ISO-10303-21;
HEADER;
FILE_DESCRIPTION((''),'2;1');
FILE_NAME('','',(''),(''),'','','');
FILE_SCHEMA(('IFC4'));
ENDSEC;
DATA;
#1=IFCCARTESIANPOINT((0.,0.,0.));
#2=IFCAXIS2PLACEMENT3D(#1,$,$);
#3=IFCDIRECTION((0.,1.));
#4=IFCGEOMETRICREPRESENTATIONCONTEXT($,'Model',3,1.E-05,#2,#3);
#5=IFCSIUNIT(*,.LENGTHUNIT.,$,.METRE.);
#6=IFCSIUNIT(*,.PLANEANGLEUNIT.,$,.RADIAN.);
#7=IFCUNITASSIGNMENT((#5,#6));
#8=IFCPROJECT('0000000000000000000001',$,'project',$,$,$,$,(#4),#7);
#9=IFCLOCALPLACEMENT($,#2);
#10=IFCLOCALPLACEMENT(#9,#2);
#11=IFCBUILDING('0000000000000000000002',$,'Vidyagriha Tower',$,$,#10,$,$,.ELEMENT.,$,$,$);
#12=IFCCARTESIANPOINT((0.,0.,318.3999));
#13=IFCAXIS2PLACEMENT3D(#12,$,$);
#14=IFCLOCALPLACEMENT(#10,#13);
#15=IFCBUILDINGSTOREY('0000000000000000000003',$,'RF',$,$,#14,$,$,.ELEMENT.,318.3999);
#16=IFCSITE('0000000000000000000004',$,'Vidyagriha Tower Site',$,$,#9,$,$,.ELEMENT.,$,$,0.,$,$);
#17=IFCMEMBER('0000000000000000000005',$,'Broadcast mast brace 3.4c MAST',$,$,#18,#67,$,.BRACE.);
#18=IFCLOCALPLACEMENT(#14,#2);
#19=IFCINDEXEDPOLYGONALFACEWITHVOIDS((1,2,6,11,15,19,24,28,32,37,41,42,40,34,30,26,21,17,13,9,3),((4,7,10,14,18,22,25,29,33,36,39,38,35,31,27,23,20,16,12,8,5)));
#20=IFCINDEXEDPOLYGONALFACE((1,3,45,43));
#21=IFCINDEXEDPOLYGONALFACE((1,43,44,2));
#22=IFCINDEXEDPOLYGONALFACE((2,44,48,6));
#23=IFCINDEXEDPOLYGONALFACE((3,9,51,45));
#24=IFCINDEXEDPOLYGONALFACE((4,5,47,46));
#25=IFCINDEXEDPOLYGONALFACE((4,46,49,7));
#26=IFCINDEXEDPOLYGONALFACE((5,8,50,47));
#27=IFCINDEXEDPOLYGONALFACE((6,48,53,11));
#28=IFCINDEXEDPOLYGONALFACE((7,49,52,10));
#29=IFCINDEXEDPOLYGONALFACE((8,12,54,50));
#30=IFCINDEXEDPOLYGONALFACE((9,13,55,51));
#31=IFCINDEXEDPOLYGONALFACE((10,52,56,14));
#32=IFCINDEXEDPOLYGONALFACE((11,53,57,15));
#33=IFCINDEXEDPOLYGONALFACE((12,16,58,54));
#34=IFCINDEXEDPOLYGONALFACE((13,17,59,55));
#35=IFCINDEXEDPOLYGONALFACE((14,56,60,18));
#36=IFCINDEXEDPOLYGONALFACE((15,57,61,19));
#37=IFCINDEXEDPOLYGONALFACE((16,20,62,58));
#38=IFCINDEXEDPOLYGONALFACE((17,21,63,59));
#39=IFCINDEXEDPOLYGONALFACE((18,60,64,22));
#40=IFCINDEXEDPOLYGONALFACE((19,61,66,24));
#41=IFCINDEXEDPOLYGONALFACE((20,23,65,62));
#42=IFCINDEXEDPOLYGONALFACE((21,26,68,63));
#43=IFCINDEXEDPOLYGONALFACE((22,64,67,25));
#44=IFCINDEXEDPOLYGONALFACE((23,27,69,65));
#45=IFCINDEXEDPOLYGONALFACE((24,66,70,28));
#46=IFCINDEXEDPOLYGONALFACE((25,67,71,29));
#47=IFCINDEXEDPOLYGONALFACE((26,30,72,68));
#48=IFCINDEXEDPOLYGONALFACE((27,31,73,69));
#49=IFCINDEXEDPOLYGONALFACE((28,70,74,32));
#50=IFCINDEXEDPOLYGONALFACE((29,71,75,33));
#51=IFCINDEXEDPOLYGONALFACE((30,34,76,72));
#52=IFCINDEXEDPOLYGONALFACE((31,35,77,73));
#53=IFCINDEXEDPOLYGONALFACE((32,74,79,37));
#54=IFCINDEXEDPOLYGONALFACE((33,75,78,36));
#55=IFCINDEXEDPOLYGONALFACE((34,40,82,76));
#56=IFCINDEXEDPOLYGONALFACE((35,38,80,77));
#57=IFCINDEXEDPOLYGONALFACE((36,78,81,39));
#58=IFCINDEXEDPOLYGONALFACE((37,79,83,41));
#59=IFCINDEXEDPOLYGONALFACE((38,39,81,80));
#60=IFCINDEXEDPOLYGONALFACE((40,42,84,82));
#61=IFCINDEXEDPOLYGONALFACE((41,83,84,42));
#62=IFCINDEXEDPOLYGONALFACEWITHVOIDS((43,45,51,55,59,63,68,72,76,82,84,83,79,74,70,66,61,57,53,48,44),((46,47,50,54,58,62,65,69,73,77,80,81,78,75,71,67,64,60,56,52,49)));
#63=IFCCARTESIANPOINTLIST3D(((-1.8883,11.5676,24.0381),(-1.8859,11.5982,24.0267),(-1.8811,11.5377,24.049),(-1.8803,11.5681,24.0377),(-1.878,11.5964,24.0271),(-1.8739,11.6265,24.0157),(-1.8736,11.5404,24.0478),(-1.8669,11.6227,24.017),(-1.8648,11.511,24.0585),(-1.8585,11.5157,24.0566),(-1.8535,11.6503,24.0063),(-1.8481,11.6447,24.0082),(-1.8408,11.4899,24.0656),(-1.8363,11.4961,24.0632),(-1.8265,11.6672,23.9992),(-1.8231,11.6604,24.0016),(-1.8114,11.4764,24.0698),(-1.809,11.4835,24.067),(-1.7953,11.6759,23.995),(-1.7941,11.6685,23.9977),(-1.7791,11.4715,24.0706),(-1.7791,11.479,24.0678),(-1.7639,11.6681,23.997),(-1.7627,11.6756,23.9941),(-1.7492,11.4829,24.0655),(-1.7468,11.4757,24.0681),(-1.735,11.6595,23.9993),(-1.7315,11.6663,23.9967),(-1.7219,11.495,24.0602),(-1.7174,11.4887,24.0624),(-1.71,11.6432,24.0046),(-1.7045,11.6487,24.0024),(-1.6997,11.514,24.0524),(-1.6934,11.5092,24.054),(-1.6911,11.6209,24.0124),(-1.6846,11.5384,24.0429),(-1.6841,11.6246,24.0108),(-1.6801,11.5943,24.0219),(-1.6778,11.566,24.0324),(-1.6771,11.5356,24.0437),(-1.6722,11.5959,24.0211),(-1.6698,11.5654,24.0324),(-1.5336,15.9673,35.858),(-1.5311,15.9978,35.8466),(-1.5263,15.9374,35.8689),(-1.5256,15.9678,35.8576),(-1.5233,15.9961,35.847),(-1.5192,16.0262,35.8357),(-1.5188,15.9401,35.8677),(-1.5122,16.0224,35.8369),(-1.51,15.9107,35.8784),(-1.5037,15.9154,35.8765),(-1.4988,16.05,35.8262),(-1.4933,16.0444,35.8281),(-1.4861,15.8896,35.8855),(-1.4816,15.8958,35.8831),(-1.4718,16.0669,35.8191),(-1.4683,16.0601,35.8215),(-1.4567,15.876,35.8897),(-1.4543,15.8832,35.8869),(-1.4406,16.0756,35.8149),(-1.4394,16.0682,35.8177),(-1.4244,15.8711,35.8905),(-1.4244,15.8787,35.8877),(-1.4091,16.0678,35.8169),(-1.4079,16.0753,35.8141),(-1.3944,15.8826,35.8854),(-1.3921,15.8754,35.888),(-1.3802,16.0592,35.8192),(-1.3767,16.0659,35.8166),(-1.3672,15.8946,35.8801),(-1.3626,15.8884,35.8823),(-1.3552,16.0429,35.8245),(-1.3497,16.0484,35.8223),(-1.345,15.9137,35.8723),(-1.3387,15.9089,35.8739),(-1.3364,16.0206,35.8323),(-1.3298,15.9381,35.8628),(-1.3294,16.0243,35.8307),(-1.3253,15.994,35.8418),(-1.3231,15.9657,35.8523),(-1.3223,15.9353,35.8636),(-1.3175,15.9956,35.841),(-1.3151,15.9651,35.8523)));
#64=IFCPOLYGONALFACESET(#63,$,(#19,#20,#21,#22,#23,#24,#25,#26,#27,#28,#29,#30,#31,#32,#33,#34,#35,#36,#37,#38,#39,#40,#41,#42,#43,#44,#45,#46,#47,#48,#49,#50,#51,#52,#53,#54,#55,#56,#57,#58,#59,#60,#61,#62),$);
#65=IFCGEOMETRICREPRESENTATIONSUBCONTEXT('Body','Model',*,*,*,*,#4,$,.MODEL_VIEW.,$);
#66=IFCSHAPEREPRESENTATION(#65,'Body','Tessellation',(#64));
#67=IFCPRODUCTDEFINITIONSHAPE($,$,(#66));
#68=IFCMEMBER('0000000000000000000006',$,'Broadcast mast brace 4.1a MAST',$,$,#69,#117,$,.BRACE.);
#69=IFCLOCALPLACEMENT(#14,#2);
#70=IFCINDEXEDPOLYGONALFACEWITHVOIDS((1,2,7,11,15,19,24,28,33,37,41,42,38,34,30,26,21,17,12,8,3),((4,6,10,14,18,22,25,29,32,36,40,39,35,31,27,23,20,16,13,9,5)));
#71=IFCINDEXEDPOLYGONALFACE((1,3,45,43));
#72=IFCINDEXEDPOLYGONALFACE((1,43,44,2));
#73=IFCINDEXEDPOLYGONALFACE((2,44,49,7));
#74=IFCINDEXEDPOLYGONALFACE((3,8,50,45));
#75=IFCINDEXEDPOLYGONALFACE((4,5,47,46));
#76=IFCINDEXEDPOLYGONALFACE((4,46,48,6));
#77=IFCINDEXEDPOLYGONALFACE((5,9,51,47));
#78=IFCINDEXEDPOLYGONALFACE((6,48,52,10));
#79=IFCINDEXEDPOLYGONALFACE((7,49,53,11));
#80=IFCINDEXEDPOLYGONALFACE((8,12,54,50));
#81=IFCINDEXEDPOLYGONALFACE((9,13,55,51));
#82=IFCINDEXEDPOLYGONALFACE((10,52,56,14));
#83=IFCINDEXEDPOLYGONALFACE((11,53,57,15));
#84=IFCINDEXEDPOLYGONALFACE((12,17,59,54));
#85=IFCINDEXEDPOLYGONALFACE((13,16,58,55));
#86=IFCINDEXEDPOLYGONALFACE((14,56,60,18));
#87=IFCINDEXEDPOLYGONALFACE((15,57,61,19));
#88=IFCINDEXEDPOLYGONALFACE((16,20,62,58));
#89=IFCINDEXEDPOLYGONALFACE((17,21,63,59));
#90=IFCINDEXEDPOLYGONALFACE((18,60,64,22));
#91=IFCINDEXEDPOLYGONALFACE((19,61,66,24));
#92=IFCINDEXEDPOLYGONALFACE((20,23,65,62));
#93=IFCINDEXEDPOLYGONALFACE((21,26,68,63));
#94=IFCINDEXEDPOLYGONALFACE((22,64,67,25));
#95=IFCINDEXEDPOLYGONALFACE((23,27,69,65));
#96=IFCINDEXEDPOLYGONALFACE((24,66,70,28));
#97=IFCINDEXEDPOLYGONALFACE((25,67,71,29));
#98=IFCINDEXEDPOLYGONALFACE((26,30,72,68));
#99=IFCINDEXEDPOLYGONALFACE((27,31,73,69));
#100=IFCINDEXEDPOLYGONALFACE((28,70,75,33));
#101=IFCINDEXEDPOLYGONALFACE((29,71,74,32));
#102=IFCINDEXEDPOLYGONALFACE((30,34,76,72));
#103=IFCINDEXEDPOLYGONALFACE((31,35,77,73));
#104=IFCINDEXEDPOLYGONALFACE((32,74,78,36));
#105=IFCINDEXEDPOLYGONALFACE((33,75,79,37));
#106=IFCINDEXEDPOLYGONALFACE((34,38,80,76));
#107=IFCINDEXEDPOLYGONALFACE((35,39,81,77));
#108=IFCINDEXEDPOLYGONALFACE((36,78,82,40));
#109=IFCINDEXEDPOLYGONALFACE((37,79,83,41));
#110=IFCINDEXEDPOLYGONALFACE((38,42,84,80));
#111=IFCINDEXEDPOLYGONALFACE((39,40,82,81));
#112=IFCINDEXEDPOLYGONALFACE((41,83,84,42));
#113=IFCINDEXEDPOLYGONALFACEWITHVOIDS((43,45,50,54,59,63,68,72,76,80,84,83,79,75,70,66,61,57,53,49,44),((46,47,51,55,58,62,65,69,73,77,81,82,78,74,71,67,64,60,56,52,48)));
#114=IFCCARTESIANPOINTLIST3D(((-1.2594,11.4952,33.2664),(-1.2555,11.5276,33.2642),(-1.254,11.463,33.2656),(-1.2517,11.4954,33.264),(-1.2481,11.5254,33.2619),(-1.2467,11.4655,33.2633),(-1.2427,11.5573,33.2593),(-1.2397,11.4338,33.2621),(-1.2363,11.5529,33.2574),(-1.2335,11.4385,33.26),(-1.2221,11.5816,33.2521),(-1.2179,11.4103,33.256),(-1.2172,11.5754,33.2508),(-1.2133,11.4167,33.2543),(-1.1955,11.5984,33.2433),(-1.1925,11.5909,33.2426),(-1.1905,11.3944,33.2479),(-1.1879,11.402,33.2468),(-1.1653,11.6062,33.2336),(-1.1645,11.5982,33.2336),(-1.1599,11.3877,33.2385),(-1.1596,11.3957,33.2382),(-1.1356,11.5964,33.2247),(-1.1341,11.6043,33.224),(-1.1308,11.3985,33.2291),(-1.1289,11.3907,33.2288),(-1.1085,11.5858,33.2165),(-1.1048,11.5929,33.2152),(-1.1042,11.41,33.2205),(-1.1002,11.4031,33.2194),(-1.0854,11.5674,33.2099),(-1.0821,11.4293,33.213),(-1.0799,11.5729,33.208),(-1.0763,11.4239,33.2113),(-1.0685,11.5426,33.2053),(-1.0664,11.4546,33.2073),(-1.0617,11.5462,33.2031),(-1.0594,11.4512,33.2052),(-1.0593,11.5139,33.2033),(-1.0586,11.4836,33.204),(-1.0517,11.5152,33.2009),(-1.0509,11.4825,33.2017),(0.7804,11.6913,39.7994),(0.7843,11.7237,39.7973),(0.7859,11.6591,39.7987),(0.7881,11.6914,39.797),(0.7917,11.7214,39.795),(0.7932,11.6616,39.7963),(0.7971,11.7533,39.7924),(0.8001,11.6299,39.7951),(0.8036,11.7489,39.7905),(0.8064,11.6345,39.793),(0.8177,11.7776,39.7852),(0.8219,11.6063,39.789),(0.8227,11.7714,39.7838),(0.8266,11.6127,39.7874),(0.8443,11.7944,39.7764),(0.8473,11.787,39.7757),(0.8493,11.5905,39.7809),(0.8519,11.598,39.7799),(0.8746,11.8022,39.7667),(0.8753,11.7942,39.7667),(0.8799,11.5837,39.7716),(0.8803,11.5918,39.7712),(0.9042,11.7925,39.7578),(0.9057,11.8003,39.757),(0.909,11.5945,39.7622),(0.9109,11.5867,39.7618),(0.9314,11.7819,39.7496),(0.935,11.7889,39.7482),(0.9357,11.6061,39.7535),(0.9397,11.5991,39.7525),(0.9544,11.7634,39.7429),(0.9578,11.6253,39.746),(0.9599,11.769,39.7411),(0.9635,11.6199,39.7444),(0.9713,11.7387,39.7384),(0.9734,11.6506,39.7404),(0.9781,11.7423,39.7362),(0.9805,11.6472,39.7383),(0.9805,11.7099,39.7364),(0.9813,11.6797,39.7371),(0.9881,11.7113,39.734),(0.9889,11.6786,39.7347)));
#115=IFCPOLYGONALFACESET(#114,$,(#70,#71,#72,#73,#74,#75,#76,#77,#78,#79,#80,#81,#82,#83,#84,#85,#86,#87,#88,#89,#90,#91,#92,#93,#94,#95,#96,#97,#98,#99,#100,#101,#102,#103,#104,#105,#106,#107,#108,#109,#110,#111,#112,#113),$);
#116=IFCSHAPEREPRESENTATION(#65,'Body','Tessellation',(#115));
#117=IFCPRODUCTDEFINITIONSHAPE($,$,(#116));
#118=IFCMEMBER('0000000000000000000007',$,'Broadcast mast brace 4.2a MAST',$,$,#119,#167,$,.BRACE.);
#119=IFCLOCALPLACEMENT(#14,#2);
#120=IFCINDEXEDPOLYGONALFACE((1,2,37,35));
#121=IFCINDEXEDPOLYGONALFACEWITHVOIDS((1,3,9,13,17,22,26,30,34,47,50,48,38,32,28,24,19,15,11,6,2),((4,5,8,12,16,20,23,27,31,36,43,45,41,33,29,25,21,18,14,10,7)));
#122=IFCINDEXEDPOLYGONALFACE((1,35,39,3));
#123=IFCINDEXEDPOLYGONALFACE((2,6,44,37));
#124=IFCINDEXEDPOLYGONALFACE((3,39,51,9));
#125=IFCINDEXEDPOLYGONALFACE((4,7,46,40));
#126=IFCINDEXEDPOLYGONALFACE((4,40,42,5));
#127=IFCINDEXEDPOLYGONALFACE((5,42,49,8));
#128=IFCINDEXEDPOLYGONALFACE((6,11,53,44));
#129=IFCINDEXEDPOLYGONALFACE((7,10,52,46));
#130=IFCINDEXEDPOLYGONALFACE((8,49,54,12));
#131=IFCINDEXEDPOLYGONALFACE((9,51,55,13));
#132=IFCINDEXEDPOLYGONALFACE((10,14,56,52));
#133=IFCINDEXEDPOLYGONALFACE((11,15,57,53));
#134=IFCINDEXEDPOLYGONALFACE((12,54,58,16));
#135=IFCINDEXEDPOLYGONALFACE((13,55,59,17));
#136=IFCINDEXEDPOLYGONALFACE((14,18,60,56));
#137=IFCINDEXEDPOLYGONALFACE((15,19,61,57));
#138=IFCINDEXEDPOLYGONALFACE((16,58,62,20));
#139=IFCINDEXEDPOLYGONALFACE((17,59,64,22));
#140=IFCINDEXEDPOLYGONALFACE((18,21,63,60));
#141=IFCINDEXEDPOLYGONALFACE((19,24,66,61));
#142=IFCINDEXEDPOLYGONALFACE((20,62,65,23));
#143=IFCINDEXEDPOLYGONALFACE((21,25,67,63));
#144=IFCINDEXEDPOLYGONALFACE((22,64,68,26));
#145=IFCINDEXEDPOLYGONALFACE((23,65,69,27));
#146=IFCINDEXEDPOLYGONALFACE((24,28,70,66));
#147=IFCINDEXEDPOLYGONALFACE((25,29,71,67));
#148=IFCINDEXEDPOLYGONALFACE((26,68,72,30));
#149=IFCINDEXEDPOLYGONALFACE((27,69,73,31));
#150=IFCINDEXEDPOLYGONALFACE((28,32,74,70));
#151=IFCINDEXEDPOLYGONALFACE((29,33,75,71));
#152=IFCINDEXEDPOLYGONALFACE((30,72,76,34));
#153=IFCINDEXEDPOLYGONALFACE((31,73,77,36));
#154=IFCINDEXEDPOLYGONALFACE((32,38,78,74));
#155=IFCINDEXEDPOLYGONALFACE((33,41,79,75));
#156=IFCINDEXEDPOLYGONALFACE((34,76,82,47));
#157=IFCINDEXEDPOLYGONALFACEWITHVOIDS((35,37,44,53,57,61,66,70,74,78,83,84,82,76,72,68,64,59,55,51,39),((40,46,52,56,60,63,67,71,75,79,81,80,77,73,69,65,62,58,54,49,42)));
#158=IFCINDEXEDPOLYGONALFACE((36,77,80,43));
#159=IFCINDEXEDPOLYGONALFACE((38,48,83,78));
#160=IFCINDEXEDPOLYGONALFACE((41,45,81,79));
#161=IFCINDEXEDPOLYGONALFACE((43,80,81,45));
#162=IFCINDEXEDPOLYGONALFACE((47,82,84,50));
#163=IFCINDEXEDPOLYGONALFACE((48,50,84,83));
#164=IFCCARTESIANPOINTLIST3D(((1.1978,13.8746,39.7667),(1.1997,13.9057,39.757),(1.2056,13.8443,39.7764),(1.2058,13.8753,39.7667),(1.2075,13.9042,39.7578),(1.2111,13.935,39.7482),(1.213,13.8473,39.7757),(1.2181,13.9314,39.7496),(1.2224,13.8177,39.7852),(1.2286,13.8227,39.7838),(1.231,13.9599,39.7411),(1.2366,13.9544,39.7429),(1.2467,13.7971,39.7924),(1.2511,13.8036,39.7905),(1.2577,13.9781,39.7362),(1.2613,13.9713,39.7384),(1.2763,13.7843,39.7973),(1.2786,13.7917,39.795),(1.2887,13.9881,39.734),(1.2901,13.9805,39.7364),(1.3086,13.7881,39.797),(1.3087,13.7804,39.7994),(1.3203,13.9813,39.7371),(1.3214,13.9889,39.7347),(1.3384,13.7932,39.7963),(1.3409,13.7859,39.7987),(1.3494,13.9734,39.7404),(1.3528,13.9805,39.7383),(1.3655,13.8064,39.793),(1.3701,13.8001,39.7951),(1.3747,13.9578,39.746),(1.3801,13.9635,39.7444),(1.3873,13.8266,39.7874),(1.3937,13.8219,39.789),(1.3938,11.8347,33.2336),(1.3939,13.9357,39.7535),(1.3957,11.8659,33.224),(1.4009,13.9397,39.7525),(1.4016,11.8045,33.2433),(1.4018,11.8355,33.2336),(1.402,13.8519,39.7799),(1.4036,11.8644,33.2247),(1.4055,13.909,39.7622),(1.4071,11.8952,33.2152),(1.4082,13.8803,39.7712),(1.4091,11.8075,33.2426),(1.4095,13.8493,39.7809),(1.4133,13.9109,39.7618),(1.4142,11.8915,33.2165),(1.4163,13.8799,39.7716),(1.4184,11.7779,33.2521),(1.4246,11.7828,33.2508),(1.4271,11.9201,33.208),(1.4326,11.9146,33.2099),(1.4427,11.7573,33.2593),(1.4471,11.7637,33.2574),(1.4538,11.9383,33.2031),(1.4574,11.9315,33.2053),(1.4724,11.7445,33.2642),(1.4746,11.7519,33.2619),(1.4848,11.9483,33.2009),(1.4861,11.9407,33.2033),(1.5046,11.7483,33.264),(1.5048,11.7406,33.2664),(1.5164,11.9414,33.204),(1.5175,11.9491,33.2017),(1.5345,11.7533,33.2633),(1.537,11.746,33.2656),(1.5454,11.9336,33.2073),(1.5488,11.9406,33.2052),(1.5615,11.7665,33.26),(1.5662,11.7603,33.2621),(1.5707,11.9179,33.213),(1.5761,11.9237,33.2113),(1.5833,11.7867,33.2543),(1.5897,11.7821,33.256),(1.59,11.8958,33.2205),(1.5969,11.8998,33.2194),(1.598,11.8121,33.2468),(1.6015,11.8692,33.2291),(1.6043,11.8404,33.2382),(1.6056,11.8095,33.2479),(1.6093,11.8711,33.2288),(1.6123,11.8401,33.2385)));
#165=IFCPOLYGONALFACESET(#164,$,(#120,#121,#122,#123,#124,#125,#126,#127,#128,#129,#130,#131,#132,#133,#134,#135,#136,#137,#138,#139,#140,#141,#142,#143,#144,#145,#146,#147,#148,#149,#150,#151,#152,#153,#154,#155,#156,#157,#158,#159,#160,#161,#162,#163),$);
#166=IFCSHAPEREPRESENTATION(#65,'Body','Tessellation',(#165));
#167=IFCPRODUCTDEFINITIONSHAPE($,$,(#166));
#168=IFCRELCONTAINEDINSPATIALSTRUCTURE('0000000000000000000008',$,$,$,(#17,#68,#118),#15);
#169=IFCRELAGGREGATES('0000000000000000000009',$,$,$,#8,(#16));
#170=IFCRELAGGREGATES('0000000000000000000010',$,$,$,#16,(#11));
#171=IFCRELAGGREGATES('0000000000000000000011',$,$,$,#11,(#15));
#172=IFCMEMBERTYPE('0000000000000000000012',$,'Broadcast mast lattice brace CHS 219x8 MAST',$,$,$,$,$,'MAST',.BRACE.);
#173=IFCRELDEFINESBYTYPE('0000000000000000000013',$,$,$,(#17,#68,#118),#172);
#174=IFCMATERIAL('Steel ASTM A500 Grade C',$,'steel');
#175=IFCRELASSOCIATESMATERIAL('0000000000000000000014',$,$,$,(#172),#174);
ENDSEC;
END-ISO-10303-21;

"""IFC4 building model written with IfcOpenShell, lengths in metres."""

from ifc_helpers import new_model, si_unit, direction, frame, origin, origin_2d, place, context, subcontext, project, spatial, hollow_circle, extrude, material, material_profile, profile_set, type_object, element, save


model = new_model("IFC4")

# Units and contexts
model_context = context("Model", 3, precision=1e-05, world=origin(), true_north=direction((0.0, 1.0)))
body_context = subcontext(model_context, "Body", "Model", "MODEL_VIEW")
ifc_project = project(units=[si_unit("LENGTHUNIT", "METRE"), si_unit("PLANEANGLEUNIT", "RADIAN")], contexts=[model_context])

# Site, building, storey
site_placement = place(None, origin())
site = spatial("IfcSite", under=ifc_project, at=site_placement, Name="Vidyagriha Tower Site", CompositionType="ELEMENT", RefElevation=0.0)
building_placement = place(site_placement, origin())
building = spatial("IfcBuilding", under=site, at=building_placement, Name="Vidyagriha Tower", CompositionType="ELEMENT")
storey_placement = place(building_placement, frame((0.0, 0.0, 318.3999)))
storey = spatial("IfcBuildingStorey", under=building, at=storey_placement, Name="RF", CompositionType="ELEMENT", Elevation=318.3999)

# Members
ifc_material = material(Name="Steel ASTM A500 Grade C", Category="steel")
ifc_material_profile = material_profile(ifc_material, hollow_circle(Radius=0.1096, WallThickness=0.0081, at=origin_2d()), Name="Broadcast mast lattice brace CHS 219x8 MAST")
ifc_profile_set = profile_set([ifc_material_profile], Name="Steel ASTM A500 Grade C")
member_type = type_object("IfcMemberType", Name="Broadcast mast lattice brace CHS 219x8 MAST", ElementType="MAST", PredefinedType="BRACE", material=ifc_profile_set)
for number, where, z_axis, x_axis, name in (
    (1, (-1.4243, 15.9739, 35.8523), (-0.028116, -0.348706, -0.93681), (0.996765, -0.080367, 0.0), "Broadcast mast brace 3.4c MAST"),
):
    element("IfcMember", number, at=place(storey_placement, frame(where, z_axis=z_axis, x_axis=x_axis)), inside=storey, type_object=member_type, Name=name, PredefinedType="BRACE", context=body_context, shape_type="SweptSolid", body=[
        extrude(hollow_circle(Radius=0.1096, WallThickness=0.0081, at=origin_2d()), origin(), (0.0, 0.0, 1.0), 12.6172),
    ])
for number, where, z_axis, x_axis, name in (
    (2, (-1.1548, 11.4971, 33.2336), (0.297919, 0.028633, 0.954162), (-0.095669, 0.995413, 0.0), "Broadcast mast brace 4.1a MAST"),
    (3, (1.5029, 11.8452, 33.2336), (-0.028633, 0.297919, 0.954162), (-0.995413, -0.095669, 0.0), "Broadcast mast brace 4.2a MAST"),
):
    element("IfcMember", number, at=place(storey_placement, frame(where, z_axis=z_axis, x_axis=x_axis)), inside=storey, type_object=member_type, Name=name, PredefinedType="BRACE", context=body_context, shape_type="SweptSolid", body=[
        extrude(hollow_circle(Radius=0.1096, WallThickness=0.0081, at=origin_2d()), origin(), (0.0, 0.0, 1.0), 6.8469),
    ])

save(model, "model.ifc")
